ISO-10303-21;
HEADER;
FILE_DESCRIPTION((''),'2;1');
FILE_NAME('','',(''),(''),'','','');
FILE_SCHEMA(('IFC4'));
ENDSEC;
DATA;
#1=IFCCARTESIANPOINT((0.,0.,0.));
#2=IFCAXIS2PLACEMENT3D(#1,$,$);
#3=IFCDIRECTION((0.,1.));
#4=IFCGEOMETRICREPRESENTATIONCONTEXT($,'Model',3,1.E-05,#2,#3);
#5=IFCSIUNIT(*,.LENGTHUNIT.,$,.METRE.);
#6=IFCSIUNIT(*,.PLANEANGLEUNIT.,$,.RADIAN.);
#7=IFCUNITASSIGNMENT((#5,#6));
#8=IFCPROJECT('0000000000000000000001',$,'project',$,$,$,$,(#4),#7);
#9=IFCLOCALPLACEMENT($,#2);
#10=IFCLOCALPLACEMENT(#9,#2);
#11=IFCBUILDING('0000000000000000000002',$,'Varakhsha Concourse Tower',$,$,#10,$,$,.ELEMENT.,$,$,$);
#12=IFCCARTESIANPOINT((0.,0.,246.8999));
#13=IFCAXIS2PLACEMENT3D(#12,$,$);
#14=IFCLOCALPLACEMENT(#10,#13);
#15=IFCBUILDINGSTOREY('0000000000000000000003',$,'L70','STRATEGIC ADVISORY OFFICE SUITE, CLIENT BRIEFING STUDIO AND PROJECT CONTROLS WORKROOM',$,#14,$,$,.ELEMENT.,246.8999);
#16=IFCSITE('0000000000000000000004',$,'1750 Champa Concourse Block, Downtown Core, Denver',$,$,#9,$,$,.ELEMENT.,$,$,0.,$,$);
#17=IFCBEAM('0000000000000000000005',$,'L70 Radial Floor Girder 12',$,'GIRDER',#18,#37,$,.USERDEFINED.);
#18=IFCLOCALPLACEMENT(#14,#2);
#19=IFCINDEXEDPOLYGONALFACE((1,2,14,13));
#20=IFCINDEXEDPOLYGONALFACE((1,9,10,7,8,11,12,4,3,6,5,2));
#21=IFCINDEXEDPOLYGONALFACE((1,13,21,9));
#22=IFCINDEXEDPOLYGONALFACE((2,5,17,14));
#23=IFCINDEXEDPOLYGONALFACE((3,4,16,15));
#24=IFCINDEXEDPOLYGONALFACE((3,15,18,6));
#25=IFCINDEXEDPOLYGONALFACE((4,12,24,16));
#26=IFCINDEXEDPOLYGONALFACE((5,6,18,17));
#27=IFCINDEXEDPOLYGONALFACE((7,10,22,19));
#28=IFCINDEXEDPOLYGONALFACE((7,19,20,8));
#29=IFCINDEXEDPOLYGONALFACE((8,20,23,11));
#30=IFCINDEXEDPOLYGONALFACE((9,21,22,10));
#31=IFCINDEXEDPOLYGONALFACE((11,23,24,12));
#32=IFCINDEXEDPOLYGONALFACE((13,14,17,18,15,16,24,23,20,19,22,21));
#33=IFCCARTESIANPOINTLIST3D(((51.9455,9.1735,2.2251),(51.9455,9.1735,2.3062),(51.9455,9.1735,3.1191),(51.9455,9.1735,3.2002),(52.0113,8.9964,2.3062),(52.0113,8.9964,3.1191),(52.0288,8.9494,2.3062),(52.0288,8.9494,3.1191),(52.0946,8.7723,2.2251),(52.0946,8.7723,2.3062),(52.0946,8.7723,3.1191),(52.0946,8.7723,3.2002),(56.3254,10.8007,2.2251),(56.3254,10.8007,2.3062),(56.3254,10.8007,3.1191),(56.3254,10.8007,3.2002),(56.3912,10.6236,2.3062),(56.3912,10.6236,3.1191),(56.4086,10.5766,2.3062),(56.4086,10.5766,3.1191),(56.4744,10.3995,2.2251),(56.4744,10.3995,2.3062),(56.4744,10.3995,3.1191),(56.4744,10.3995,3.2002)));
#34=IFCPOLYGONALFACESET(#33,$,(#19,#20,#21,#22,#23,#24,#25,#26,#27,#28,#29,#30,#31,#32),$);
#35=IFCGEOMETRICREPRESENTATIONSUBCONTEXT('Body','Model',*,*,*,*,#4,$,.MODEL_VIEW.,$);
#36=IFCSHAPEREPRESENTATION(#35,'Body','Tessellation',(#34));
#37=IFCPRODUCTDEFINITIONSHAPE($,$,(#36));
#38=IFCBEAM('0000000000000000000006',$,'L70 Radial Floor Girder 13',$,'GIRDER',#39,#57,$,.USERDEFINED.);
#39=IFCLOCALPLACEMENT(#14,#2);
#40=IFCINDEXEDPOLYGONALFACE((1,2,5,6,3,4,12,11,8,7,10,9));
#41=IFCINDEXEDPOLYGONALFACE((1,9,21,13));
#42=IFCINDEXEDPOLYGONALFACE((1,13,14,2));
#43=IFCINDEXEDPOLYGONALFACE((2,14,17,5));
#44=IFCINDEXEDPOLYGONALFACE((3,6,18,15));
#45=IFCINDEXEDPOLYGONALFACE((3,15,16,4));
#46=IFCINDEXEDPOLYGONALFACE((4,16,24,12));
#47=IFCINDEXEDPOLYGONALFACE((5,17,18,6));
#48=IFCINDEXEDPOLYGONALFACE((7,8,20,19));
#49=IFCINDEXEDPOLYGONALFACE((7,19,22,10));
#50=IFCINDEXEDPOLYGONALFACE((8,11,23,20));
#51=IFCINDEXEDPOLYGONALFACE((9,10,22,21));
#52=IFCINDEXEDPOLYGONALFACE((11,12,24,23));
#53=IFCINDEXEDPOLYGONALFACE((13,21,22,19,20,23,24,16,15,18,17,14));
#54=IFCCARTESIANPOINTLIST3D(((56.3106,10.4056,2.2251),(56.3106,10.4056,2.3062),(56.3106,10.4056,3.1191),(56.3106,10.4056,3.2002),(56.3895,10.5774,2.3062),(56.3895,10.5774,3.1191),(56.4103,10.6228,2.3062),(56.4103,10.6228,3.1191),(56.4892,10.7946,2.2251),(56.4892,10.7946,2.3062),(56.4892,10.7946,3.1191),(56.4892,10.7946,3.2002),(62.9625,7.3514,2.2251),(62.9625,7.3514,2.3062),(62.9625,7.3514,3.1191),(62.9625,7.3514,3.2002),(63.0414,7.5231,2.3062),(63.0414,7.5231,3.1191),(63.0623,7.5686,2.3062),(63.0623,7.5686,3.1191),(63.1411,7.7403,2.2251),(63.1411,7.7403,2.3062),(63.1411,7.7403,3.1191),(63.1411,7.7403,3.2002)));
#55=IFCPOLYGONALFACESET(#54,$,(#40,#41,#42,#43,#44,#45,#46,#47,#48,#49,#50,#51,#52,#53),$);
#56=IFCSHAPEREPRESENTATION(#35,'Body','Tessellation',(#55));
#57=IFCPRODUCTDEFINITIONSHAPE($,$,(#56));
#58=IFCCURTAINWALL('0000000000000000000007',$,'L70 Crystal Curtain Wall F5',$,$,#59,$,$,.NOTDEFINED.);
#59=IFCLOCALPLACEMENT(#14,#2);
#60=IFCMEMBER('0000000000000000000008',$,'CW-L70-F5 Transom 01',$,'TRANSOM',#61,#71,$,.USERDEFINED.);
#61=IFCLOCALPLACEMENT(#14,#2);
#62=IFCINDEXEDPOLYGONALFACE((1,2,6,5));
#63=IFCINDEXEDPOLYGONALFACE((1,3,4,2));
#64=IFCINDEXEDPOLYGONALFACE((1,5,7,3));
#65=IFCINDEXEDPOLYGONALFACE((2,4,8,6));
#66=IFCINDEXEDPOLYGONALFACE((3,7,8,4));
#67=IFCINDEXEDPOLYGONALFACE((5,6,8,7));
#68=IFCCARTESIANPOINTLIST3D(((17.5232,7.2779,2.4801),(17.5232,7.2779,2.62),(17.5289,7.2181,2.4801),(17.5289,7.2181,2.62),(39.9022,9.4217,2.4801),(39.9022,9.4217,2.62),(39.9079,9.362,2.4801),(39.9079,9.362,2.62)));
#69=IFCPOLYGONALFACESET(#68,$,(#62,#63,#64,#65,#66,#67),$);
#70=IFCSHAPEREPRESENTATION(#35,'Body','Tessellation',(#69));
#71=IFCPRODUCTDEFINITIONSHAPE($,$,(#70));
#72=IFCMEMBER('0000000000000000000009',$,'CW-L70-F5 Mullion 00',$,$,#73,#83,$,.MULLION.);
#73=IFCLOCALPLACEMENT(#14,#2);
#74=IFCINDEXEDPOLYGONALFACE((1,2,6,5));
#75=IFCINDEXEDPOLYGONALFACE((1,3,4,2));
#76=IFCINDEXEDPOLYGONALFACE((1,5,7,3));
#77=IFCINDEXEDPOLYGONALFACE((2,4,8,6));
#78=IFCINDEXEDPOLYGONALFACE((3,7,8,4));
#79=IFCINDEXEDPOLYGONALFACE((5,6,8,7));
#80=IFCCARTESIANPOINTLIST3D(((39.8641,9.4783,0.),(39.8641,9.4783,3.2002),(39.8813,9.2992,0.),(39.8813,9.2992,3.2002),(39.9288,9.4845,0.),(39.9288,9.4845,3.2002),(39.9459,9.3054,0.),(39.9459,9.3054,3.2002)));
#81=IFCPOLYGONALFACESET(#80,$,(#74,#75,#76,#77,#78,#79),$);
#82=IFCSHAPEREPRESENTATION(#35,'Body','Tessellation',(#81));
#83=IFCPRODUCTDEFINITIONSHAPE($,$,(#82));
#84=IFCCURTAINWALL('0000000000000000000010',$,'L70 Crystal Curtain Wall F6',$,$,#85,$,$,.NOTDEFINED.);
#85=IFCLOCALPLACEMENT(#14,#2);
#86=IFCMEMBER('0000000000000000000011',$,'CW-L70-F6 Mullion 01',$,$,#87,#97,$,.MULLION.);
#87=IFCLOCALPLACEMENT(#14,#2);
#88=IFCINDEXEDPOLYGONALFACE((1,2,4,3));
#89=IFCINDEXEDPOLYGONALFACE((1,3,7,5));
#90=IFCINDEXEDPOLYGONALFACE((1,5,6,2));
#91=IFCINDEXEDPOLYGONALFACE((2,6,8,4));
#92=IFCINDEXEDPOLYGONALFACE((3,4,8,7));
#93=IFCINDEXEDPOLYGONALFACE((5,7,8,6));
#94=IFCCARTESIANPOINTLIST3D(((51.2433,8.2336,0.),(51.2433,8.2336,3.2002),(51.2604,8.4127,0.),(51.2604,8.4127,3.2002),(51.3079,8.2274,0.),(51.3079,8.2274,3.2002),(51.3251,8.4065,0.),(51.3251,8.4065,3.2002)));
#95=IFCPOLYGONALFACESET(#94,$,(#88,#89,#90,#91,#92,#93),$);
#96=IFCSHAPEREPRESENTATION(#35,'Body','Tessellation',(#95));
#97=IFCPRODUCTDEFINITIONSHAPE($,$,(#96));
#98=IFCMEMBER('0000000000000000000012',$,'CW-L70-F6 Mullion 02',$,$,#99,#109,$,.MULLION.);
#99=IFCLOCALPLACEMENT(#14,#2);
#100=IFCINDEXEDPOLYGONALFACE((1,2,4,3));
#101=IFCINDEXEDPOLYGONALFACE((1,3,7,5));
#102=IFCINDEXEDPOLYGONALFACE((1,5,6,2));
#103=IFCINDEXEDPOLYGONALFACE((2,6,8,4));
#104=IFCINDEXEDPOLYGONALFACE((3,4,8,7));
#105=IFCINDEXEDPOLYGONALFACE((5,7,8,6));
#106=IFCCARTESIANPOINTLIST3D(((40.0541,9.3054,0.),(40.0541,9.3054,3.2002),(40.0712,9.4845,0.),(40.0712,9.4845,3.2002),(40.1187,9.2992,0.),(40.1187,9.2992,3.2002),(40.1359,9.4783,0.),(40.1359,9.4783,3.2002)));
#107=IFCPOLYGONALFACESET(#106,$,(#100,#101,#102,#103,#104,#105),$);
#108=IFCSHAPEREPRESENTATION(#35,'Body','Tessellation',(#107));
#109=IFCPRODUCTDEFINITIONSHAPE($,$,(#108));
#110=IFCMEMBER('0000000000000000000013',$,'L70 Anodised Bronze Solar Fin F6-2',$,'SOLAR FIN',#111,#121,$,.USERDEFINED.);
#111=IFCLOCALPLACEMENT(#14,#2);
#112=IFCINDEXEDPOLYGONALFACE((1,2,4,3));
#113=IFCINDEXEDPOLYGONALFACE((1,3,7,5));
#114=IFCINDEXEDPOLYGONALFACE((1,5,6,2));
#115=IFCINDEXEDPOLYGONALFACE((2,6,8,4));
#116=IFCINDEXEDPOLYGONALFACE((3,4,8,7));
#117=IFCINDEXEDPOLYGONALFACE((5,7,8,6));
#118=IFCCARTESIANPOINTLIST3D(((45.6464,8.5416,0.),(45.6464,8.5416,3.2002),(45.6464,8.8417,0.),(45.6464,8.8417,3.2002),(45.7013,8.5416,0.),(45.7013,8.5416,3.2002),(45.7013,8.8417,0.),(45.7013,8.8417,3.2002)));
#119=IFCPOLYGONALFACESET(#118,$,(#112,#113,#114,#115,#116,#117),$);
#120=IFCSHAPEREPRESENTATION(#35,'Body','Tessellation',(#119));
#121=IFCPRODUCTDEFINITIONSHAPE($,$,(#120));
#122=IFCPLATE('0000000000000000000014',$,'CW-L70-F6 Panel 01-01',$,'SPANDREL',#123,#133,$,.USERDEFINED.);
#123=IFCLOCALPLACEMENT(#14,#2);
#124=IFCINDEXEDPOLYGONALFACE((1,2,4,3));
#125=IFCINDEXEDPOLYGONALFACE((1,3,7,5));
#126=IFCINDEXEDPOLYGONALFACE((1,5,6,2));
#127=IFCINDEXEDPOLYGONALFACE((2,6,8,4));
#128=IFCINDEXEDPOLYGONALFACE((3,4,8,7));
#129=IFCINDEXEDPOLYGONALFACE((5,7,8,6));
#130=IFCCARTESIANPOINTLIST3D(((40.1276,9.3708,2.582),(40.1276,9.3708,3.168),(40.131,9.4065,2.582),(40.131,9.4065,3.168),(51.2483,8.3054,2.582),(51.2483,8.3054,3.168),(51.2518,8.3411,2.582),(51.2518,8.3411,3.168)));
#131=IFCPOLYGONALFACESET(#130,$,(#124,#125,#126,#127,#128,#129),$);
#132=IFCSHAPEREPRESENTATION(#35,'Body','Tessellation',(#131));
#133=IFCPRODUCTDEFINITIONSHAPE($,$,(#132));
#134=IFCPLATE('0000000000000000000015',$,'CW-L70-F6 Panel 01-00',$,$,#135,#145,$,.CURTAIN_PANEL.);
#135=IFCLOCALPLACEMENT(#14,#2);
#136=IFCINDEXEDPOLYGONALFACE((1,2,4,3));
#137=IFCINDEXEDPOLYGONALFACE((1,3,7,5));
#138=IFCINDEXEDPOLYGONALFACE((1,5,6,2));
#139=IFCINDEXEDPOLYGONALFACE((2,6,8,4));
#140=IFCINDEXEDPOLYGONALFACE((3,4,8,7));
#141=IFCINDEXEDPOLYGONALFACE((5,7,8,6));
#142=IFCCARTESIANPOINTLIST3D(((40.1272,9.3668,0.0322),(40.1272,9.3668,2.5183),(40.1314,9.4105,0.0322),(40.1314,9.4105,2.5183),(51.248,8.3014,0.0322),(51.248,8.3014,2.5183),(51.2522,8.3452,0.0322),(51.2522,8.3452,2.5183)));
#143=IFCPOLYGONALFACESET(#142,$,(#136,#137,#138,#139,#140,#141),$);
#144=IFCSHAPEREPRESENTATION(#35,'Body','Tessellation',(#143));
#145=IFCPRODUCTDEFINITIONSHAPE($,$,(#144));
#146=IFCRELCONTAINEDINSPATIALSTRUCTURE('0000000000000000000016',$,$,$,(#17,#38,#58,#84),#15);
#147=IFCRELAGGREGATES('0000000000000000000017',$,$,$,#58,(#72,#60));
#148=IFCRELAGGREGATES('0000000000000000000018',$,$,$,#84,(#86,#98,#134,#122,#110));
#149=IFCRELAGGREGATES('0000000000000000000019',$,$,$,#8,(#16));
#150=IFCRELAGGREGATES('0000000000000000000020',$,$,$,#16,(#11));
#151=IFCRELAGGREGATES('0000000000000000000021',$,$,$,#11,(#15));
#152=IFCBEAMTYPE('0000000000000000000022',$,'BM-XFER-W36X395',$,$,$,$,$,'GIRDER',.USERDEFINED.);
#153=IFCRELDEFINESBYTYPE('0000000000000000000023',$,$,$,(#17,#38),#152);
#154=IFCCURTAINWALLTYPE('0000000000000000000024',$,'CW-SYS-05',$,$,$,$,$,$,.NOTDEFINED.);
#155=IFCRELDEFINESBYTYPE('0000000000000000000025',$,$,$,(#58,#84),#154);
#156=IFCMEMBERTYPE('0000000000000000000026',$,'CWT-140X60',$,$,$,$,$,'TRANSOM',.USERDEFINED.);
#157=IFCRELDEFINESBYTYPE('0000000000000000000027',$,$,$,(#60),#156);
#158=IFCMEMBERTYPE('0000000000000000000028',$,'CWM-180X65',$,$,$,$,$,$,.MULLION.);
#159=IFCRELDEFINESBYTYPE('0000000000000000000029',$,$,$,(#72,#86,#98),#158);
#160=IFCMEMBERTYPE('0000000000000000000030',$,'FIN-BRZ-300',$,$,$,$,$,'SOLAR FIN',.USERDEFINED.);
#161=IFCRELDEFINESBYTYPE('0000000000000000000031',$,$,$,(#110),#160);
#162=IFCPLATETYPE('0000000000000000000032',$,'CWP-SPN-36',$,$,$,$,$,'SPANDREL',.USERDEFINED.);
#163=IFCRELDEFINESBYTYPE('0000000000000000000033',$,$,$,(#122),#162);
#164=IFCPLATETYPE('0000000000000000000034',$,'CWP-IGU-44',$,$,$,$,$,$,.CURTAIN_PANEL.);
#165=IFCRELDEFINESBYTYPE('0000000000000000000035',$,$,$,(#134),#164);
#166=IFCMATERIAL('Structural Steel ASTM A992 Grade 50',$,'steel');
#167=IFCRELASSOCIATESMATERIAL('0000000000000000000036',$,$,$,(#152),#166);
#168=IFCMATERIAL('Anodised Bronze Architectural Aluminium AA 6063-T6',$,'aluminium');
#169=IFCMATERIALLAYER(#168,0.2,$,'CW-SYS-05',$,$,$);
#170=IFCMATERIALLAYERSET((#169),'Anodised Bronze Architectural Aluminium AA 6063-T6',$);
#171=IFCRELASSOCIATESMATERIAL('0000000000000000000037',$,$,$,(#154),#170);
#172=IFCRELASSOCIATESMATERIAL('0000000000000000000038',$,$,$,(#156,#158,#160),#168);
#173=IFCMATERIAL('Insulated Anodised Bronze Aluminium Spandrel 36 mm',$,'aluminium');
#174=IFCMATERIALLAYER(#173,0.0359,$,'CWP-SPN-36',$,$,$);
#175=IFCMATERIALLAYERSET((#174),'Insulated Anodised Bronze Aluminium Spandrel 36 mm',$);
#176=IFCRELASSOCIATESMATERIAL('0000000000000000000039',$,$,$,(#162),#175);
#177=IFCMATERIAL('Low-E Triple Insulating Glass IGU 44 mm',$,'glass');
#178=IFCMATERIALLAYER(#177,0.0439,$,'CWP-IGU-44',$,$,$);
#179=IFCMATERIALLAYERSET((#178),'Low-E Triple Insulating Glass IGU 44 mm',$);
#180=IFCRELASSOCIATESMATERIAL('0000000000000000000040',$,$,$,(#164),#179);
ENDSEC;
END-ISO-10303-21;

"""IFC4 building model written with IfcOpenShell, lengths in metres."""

from ifc_helpers import new_model, si_unit, direction, frame, origin, origin_2d, place, context, subcontext, project, spatial, rectangle, i_section, extrude, source, transform, mapped, material, layer, layer_set, material_profile, profile_set, type_object, type_shapes, element, aggregate, save


model = new_model("IFC4")

# Units and contexts
model_context = context("Model", 3, precision=1e-05, world=origin(), true_north=direction((0.0, 1.0)))
body_context = subcontext(model_context, "Body", "Model", "MODEL_VIEW")
ifc_project = project(units=[si_unit("LENGTHUNIT", "METRE"), si_unit("PLANEANGLEUNIT", "RADIAN")], contexts=[model_context])

# Site, building, storey
site_placement = place(None, origin())
site = spatial("IfcSite", under=ifc_project, at=site_placement, Name="1750 Champa Concourse Block, Downtown Core, Denver", CompositionType="ELEMENT", RefElevation=0.0)
building_placement = place(site_placement, origin())
building = spatial("IfcBuilding", under=site, at=building_placement, Name="Varakhsha Concourse Tower", CompositionType="ELEMENT")
storey_placement = place(building_placement, frame((0.0, 0.0, 246.8999)))
storey = spatial("IfcBuildingStorey", under=building, at=storey_placement, Name="L70", Description="STRATEGIC ADVISORY OFFICE SUITE, CLIENT BRIEFING STUDIO AND PROJECT CONTROLS WORKROOM", CompositionType="ELEMENT", Elevation=246.8999)

# Shared definitions
ifc_material_1 = material(Name="Structural Steel ASTM A992 Grade 50", Category="steel")

# Beams
ifc_material_profile_1 = material_profile(ifc_material_1, i_section(OverallWidth=0.428, OverallDepth=0.9751, WebThickness=0.05, FlangeThickness=0.0811, at=origin_2d()), Name="W36X395")
ifc_profile_set_1 = profile_set([ifc_material_profile_1], Name="Structural Steel ASTM A992 Grade 50")
beam_type_1 = type_object("IfcBeamType", Name="BM-XFER-W36X395", ElementType="GIRDER", PredefinedType="USERDEFINED", material=ifc_profile_set_1)
beam_1_placement = place(storey_placement, frame((56.3999, 10.6001, 2.7126), z_axis=(-0.937398, -0.348259, 0.0), x_axis=(0.348259, -0.937398, 0.0)))
element("IfcBeam", 1, at=beam_1_placement, inside=storey, type_object=beam_type_1, Name="L70 Radial Floor Girder 12", ObjectType="GIRDER", PredefinedType="USERDEFINED", context=body_context, shape_type="SweptSolid", body=[
    extrude(i_section(OverallWidth=0.428, OverallDepth=0.9751, WebThickness=0.05, FlangeThickness=0.0811, at=origin_2d()), origin(), (0.0, 0.0, 1.0), 4.6724),
])
beam_2_placement = place(storey_placement, frame((56.3999, 10.6001, 2.7126), z_axis=(0.908784, -0.417268, 0.0), x_axis=(0.417268, 0.908784, 0.0)))
element("IfcBeam", 2, at=beam_2_placement, inside=storey, type_object=beam_type_1, Name="L70 Radial Floor Girder 13", ObjectType="GIRDER", PredefinedType="USERDEFINED", context=body_context, shape_type="SweptSolid", body=[
    extrude(i_section(OverallWidth=0.428, OverallDepth=0.9751, WebThickness=0.05, FlangeThickness=0.0811, at=origin_2d()), origin(), (0.0, 0.0, 1.0), 7.3196),
])

# Curtain wall, members
ifc_material_2 = material(Name="Anodised Bronze Architectural Aluminium AA 6063-T6", Category="aluminium")
ifc_layer_1 = layer(ifc_material_2, 0.2, Name="CW-SYS-05")
ifc_layer_set_1 = layer_set([ifc_layer_1], Name="Anodised Bronze Architectural Aluminium AA 6063-T6")
curtain_wall_type = type_object("IfcCurtainWallType", Name="CW-SYS-05", PredefinedType="NOTDEFINED", material=ifc_layer_set_1)
curtain_wall_1_placement = place(storey_placement, origin())
curtain_wall_1 = element("IfcCurtainWall", 3, at=curtain_wall_1_placement, inside=storey, type_object=curtain_wall_type, Name="L70 Crystal Curtain Wall F5", PredefinedType="NOTDEFINED")
ifc_material_profile_2 = material_profile(ifc_material_2, rectangle(XDim=0.0601, YDim=0.1399, at=origin_2d()), Name="CWT-140X60")
ifc_profile_set_2 = profile_set([ifc_material_profile_2], Name="Anodised Bronze Architectural Aluminium AA 6063-T6")
member_type_1 = type_object("IfcMemberType", Name="CWT-140X60", ElementType="TRANSOM", PredefinedType="USERDEFINED", material=ifc_profile_set_2)
shared_shape_1 = source(origin(), body_context, "Body", "SweptSolid", [
    extrude(rectangle(XDim=0.0601, YDim=0.1399, at=origin_2d()), origin(), (0.0, 0.0, 1.0), 22.4814),
])
type_shapes(member_type_1, [shared_shape_1])
member_1_placement = place(storey_placement, frame((39.905, 9.3918, 2.55), z_axis=(-0.995443, -0.095359, 0.0), x_axis=(0.095359, -0.995443, 0.0)))
member_1 = element("IfcMember", 4, at=member_1_placement, type_object=member_type_1, Name="CW-L70-F5 Transom 01", ObjectType="TRANSOM", PredefinedType="USERDEFINED", context=body_context, shape_type="MappedRepresentation", body=[
    mapped(shared_shape_1, transform((0.0, 0.0, 0.0), scale=1.0)),
])
ifc_material_profile_3 = material_profile(ifc_material_2, rectangle(XDim=0.0649, YDim=0.1799, at=origin_2d()), Name="CWM-180X65")
ifc_profile_set_3 = profile_set([ifc_material_profile_3], Name="Anodised Bronze Architectural Aluminium AA 6063-T6")
member_type_2 = type_object("IfcMemberType", Name="CWM-180X65", PredefinedType="MULLION", material=ifc_profile_set_3)
shared_shape_2 = source(origin(), body_context, "Body", "SweptSolid", [
    extrude(rectangle(XDim=0.0649, YDim=0.1799, at=origin_2d()), origin(), (0.0, 0.0, 1.0), 3.2002),
])
type_shapes(member_type_2, [shared_shape_2])
member_2_placement = place(storey_placement, frame((39.905, 9.3918, 0.0), z_axis=(0.0, 0.0, 1.0), x_axis=(-0.995443, -0.095363, 0.0)))
member_2 = element("IfcMember", 5, at=member_2_placement, type_object=member_type_2, Name="CW-L70-F5 Mullion 00", PredefinedType="MULLION", context=body_context, shape_type="MappedRepresentation", body=[
    mapped(shared_shape_2, transform((0.0, 0.0, 0.0), scale=1.0)),
])
aggregate(curtain_wall_1, [member_2, member_1])

# Curtain wall, members, plates
curtain_wall_2_placement = place(storey_placement, origin())
curtain_wall_2 = element("IfcCurtainWall", 6, at=curtain_wall_2_placement, inside=storey, type_object=curtain_wall_type, Name="L70 Crystal Curtain Wall F6", PredefinedType="NOTDEFINED")
member_3_placement = place(storey_placement, frame((51.2842, 8.3201, 0.0), z_axis=(0.0, 0.0, 1.0), x_axis=(-0.995443, 0.095363, 0.0)))
member_3 = element("IfcMember", 7, at=member_3_placement, type_object=member_type_2, Name="CW-L70-F6 Mullion 01", PredefinedType="MULLION", context=body_context, shape_type="MappedRepresentation", body=[
    mapped(shared_shape_2, transform((0.0, 0.0, 0.0), scale=1.0)),
])
member_4_placement = place(storey_placement, frame((40.095, 9.3918, 0.0), z_axis=(0.0, 0.0, 1.0), x_axis=(-0.995443, 0.095363, 0.0)))
member_4 = element("IfcMember", 8, at=member_4_placement, type_object=member_type_2, Name="CW-L70-F6 Mullion 02", PredefinedType="MULLION", context=body_context, shape_type="MappedRepresentation", body=[
    mapped(shared_shape_2, transform((0.0, 0.0, 0.0), scale=1.0)),
])
ifc_material_profile_4 = material_profile(ifc_material_2, rectangle(XDim=0.0549, YDim=0.3, at=origin_2d()), Name="FIN-BRZ-300")
ifc_profile_set_4 = profile_set([ifc_material_profile_4], Name="Anodised Bronze Architectural Aluminium AA 6063-T6")
member_type_3 = type_object("IfcMemberType", Name="FIN-BRZ-300", ElementType="SOLAR FIN", PredefinedType="USERDEFINED", material=ifc_profile_set_4)
shared_shape_3 = source(origin(), body_context, "Body", "SweptSolid", [
    extrude(rectangle(XDim=0.0549, YDim=0.3, at=origin_2d()), origin(), (0.0, 0.0, 1.0), 3.2002),
])
type_shapes(member_type_3, [shared_shape_3])
member_5_placement = place(storey_placement, frame((45.6738, 8.6917, 0.0), z_axis=(0.0, 0.0, 1.0), x_axis=(1.0, 0.0, 0.0)))
member_5 = element("IfcMember", 9, at=member_5_placement, type_object=member_type_3, Name="L70 Anodised Bronze Solar Fin F6-2", ObjectType="SOLAR FIN", PredefinedType="USERDEFINED", context=body_context, shape_type="MappedRepresentation", body=[
    mapped(shared_shape_3, transform((0.0, 0.0, 0.0), scale=1.0)),
])
ifc_material_3 = material(Name="Insulated Anodised Bronze Aluminium Spandrel 36 mm", Category="aluminium")
ifc_layer_2 = layer(ifc_material_3, 0.0359, Name="CWP-SPN-36")
ifc_layer_set_2 = layer_set([ifc_layer_2], Name="Insulated Anodised Bronze Aluminium Spandrel 36 mm")
plate_type_1 = type_object("IfcPlateType", Name="CWP-SPN-36", ElementType="SPANDREL", PredefinedType="USERDEFINED", material=ifc_layer_set_2)
shared_shape_4 = source(origin(), body_context, "Body", "SweptSolid", [
    extrude(rectangle(XDim=11.1716, YDim=0.0359, at=origin_2d()), origin(), (0.0, 0.0, 1.0), 0.5859),
])
type_shapes(plate_type_1, [shared_shape_4])
plate_1_placement = place(storey_placement, frame((45.6897, 8.856, 2.582), z_axis=(0.0, 0.0, 1.0), x_axis=(-0.995443, 0.095363, 0.0)))
plate_1 = element("IfcPlate", 10, at=plate_1_placement, type_object=plate_type_1, Name="CW-L70-F6 Panel 01-01", ObjectType="SPANDREL", PredefinedType="USERDEFINED", context=body_context, shape_type="MappedRepresentation", body=[
    mapped(shared_shape_4, transform((0.0, 0.0, 0.0), scale=1.0)),
])
ifc_material_4 = material(Name="Low-E Triple Insulating Glass IGU 44 mm", Category="glass")
ifc_layer_3 = layer(ifc_material_4, 0.0439, Name="CWP-IGU-44")
ifc_layer_set_3 = layer_set([ifc_layer_3], Name="Low-E Triple Insulating Glass IGU 44 mm")
plate_type_2 = type_object("IfcPlateType", Name="CWP-IGU-44", PredefinedType="CURTAIN_PANEL", material=ifc_layer_set_3)
shared_shape_5 = source(origin(), body_context, "Body", "SweptSolid", [
    extrude(rectangle(XDim=11.1716, YDim=0.0439, at=origin_2d()), origin(), (0.0, 0.0, 1.0), 2.4861),
])
type_shapes(plate_type_2, [shared_shape_5])
plate_2_placement = place(storey_placement, frame((45.6897, 8.856, 0.0322), z_axis=(0.0, 0.0, 1.0), x_axis=(-0.995443, 0.095363, 0.0)))
plate_2 = element("IfcPlate", 11, at=plate_2_placement, type_object=plate_type_2, Name="CW-L70-F6 Panel 01-00", PredefinedType="CURTAIN_PANEL", context=body_context, shape_type="MappedRepresentation", body=[
    mapped(shared_shape_5, transform((0.0, 0.0, 0.0), scale=1.0)),
])
aggregate(curtain_wall_2, [member_3, member_4, plate_2, plate_1, member_5])

save(model, "model.ifc")
